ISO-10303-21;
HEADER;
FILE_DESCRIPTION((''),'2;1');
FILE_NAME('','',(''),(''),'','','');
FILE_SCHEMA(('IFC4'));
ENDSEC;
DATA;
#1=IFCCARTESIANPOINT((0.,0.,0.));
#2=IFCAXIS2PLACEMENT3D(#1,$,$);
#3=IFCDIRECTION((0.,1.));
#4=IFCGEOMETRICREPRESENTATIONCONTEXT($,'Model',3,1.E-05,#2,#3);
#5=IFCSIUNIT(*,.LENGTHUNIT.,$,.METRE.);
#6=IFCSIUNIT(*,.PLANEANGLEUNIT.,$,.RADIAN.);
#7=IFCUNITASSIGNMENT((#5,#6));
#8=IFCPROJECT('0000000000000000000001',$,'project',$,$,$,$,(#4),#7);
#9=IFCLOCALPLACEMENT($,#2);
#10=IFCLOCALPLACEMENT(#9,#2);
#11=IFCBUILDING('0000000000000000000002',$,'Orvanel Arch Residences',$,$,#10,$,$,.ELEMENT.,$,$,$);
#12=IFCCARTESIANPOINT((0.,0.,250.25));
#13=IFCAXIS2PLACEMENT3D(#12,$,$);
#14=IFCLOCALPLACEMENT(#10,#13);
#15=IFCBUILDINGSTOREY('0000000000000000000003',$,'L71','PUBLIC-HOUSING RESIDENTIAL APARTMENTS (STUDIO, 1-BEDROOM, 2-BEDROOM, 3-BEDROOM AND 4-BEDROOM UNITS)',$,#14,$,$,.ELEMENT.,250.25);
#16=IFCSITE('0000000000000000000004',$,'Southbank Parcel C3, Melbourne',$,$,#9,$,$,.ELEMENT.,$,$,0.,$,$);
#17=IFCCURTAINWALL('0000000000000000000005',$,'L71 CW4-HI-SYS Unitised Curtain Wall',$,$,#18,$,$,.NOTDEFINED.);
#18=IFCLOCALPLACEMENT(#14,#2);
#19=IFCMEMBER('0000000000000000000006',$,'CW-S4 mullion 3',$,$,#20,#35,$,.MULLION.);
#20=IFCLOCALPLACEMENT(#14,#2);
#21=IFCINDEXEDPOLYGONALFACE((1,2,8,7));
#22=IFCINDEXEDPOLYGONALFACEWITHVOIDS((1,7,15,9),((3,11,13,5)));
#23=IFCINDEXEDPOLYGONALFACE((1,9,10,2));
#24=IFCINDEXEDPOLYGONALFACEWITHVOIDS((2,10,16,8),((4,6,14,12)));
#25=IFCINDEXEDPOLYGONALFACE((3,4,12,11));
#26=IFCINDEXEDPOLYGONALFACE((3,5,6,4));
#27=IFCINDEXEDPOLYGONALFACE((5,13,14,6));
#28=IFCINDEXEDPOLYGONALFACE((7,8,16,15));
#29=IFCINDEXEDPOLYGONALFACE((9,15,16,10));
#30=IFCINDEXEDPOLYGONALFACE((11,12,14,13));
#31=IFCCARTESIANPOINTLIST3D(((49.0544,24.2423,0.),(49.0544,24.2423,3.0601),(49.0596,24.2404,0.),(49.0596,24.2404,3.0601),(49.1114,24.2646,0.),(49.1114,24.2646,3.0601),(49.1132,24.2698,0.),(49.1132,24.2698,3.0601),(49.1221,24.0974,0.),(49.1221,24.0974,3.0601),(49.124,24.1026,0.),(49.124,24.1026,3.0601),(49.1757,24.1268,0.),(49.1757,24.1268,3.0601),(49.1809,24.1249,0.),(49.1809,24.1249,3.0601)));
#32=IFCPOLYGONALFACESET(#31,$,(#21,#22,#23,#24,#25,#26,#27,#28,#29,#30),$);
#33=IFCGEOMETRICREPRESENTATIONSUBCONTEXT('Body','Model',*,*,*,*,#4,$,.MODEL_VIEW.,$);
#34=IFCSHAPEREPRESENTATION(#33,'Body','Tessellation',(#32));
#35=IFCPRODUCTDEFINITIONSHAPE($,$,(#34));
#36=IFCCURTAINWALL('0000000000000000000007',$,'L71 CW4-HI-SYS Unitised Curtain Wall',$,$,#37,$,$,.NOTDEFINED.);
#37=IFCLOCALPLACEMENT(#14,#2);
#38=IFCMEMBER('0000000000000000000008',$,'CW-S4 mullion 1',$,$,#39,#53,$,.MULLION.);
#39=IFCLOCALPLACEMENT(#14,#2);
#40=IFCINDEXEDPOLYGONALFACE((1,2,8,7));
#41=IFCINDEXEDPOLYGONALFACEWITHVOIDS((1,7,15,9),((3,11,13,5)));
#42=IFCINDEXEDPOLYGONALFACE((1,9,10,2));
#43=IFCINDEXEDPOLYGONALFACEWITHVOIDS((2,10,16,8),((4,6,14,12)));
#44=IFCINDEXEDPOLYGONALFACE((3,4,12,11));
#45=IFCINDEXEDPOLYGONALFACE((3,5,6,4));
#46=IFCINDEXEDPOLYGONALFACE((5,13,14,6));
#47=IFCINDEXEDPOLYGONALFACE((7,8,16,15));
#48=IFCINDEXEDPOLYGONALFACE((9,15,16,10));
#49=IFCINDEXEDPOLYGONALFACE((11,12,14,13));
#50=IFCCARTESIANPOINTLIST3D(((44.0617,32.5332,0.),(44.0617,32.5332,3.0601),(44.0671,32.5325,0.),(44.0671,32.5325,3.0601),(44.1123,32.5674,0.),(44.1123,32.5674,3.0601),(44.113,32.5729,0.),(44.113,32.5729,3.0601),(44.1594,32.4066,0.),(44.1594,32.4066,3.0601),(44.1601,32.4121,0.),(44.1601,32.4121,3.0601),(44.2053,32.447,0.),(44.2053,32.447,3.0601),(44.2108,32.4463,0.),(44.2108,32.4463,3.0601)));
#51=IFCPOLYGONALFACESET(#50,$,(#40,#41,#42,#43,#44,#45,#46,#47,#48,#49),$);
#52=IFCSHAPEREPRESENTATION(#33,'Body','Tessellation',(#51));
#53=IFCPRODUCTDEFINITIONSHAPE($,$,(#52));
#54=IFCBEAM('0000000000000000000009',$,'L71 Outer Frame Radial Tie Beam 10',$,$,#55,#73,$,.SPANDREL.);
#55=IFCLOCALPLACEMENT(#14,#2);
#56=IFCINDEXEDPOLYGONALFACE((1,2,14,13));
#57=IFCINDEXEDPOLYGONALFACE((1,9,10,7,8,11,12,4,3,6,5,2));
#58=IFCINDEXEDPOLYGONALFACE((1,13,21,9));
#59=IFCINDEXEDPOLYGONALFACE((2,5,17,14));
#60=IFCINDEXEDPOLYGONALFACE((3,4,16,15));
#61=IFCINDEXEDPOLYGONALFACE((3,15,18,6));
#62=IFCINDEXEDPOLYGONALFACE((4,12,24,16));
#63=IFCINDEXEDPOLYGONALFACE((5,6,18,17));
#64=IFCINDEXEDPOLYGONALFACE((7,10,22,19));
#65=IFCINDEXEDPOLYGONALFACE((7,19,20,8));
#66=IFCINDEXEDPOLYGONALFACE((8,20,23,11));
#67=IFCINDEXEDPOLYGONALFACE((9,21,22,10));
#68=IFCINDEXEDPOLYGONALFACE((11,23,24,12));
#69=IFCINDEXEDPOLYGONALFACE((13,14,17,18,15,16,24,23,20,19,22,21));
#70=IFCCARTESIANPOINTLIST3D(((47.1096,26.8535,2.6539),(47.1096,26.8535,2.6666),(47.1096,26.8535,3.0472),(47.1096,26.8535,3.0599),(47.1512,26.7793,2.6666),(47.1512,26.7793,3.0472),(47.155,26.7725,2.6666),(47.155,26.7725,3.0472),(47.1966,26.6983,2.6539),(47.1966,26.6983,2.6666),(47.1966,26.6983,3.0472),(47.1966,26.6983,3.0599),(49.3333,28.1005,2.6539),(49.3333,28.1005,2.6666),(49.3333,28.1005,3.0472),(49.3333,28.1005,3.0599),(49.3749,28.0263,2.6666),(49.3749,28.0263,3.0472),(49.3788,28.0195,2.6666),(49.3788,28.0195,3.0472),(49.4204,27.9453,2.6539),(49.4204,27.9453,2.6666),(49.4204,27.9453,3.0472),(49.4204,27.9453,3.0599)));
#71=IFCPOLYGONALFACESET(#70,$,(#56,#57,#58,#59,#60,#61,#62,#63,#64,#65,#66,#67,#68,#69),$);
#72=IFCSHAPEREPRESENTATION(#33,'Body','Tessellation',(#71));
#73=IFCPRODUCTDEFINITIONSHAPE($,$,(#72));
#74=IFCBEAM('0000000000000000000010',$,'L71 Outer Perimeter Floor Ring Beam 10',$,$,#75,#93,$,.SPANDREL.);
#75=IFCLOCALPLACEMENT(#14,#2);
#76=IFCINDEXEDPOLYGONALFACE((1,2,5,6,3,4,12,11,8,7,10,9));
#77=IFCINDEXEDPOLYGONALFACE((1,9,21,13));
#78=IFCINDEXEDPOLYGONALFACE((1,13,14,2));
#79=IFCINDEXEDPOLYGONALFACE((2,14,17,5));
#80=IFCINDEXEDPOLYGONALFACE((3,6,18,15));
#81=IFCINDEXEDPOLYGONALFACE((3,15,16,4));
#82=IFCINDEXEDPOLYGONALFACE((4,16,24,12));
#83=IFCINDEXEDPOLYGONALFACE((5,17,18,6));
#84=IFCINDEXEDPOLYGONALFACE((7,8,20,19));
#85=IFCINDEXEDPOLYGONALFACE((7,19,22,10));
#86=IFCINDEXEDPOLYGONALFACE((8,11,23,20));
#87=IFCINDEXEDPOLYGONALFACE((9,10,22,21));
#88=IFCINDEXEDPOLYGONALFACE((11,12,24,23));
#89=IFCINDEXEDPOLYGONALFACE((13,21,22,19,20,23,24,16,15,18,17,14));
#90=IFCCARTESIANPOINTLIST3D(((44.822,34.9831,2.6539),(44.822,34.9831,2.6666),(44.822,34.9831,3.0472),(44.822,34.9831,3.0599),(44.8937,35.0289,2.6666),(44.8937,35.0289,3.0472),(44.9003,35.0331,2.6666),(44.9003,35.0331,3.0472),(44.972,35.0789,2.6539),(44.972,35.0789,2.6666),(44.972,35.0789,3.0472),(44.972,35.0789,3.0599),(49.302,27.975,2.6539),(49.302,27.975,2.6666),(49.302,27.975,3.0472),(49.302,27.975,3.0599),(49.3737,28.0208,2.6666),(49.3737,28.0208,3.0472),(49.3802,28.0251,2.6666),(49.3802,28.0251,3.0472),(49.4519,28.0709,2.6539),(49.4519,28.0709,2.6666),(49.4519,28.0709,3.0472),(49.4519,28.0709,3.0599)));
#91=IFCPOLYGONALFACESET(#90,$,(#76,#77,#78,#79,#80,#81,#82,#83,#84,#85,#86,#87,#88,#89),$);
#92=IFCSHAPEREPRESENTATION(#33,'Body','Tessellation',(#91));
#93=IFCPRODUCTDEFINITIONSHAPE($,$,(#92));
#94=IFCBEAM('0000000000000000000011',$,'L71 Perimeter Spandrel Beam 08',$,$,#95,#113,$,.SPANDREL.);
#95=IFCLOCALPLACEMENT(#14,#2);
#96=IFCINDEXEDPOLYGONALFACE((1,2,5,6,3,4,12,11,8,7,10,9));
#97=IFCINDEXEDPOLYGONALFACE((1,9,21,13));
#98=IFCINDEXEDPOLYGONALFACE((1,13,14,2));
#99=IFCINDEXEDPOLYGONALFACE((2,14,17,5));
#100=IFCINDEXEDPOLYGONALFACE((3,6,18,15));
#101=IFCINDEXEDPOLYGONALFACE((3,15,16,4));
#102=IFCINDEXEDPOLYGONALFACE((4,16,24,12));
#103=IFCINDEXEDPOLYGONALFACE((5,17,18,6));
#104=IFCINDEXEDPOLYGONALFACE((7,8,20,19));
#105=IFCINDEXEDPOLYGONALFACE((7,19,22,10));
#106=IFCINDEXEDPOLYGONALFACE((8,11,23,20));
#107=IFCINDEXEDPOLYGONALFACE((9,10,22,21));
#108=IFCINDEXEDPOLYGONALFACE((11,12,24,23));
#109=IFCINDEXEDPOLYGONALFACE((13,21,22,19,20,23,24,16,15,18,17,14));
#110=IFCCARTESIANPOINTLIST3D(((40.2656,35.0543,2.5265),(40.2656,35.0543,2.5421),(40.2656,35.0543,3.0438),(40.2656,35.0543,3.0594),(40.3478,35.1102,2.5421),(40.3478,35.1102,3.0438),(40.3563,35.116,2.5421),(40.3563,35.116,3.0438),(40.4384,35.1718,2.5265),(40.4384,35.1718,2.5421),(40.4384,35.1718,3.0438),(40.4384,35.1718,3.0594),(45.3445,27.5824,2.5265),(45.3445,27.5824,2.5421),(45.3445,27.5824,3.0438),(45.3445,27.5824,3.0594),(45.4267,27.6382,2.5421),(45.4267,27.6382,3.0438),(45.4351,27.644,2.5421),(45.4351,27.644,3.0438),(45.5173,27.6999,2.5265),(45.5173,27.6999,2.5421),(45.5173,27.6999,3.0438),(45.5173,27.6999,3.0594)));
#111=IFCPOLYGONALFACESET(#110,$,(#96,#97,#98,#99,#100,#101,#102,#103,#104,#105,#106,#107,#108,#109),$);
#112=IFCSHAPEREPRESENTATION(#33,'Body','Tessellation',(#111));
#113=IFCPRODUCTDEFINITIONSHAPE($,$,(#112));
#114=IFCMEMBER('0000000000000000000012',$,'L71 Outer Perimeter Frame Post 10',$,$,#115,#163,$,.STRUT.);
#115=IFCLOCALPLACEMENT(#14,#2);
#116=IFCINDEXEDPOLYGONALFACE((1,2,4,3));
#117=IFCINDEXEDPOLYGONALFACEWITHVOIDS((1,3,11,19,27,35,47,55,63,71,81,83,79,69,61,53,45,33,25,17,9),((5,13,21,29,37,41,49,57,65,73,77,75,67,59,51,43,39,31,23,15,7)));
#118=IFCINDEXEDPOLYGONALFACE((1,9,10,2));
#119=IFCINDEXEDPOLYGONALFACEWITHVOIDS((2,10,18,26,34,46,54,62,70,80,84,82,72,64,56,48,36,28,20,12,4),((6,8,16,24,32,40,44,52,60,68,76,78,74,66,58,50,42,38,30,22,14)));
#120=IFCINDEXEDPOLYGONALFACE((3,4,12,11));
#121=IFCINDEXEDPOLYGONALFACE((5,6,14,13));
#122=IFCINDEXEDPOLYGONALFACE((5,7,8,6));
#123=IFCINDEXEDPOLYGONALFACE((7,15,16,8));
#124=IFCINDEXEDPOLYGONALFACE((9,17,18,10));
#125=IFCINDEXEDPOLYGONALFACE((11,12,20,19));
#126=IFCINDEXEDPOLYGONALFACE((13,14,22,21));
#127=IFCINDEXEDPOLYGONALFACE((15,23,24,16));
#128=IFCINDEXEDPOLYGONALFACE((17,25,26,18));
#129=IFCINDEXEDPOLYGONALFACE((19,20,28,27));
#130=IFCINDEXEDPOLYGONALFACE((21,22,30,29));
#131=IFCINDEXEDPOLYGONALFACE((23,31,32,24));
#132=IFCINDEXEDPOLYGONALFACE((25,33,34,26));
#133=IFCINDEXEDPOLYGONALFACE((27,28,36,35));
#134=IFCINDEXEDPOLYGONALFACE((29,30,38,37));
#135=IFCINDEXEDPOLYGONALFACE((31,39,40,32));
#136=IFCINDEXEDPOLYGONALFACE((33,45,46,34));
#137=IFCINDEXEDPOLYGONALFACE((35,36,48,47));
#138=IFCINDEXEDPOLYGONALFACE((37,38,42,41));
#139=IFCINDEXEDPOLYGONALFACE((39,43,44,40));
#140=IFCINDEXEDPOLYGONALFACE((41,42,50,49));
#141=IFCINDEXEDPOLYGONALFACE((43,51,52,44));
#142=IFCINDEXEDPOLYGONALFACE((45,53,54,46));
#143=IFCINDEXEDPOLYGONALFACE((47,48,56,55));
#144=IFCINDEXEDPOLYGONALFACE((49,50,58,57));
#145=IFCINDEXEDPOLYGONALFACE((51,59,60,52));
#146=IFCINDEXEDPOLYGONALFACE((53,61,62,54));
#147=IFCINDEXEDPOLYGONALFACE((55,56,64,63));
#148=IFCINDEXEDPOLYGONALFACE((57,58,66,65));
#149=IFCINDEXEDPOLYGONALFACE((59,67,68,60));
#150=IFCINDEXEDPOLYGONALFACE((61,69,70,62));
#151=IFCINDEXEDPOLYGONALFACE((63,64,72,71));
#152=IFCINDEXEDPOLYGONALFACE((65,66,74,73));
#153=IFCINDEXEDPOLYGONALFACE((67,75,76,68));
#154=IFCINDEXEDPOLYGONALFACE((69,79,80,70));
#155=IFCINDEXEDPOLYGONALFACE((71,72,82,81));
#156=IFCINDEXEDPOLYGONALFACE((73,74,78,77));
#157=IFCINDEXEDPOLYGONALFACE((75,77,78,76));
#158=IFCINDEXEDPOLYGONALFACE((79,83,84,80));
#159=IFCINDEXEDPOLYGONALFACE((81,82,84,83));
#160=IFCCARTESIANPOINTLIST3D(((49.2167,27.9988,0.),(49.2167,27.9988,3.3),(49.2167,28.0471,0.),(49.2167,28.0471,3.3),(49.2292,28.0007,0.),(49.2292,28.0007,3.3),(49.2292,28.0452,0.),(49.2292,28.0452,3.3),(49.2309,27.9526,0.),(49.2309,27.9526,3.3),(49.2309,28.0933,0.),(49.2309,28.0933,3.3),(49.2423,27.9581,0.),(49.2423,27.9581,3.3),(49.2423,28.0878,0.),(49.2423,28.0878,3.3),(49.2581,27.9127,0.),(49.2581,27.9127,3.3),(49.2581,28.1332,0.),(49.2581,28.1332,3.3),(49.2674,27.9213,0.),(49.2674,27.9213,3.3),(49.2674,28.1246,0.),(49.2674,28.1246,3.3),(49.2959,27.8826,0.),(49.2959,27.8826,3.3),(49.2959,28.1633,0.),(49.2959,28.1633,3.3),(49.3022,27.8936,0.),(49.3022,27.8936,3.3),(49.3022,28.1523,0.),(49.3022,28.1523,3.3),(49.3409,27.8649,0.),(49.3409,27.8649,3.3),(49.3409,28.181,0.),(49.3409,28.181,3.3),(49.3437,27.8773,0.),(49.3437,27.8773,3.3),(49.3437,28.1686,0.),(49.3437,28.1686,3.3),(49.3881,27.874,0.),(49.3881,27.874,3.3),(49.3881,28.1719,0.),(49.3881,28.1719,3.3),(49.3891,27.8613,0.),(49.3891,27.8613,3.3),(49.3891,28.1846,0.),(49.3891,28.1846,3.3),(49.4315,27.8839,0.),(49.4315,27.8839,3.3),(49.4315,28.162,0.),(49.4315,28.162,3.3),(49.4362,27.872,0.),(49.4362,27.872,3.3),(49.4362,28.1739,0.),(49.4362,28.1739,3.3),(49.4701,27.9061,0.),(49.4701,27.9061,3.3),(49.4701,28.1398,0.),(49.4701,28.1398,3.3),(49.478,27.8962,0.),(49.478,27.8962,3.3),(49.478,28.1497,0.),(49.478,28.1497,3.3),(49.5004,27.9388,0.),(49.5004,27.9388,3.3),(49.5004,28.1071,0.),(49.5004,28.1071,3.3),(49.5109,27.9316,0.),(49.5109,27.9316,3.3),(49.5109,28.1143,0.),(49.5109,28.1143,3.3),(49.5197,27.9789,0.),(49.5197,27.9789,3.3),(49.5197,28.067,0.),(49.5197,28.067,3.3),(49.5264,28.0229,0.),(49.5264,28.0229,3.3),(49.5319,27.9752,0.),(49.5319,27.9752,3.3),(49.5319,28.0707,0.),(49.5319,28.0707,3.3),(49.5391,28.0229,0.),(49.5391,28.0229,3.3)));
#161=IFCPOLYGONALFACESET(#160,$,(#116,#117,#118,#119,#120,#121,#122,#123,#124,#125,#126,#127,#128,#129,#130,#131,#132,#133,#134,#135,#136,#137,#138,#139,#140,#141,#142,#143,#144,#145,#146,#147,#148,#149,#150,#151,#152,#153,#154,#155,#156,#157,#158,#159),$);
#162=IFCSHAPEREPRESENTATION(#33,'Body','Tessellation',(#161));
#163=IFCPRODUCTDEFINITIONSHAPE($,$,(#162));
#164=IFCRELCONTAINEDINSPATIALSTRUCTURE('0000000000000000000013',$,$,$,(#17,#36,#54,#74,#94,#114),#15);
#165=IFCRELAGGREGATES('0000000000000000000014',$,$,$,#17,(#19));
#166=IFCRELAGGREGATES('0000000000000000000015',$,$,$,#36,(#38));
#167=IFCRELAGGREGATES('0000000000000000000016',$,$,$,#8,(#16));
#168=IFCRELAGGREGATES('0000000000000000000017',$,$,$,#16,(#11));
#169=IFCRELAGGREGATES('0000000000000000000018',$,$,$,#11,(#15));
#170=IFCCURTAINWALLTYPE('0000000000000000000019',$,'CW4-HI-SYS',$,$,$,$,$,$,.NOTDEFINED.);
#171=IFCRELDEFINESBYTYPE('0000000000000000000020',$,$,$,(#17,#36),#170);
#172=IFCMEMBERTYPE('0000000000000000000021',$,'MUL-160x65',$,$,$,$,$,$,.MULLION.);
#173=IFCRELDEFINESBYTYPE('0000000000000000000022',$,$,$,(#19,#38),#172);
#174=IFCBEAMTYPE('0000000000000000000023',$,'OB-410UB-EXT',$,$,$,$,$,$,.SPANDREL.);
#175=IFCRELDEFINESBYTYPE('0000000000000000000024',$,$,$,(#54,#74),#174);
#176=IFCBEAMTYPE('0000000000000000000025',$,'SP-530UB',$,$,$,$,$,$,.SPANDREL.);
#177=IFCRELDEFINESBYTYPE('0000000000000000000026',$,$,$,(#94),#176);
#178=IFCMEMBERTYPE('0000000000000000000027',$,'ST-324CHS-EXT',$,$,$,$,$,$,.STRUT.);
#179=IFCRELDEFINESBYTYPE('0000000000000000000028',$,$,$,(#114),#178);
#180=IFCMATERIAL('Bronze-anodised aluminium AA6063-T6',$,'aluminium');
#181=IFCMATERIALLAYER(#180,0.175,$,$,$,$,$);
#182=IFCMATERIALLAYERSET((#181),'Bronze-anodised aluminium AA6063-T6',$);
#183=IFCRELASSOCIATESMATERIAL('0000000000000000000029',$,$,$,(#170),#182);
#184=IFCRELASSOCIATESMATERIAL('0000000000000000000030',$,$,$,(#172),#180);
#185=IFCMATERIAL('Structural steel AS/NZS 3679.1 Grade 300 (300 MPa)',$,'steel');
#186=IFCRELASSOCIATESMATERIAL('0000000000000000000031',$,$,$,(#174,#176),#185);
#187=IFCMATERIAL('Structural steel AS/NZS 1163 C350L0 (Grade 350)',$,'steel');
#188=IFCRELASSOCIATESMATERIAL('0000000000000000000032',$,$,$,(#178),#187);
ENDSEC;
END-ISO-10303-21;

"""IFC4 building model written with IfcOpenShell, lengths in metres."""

from ifc_helpers import new_model, si_unit, direction, frame, origin, origin_2d, place, context, subcontext, project, spatial, hollow_rectangle, hollow_circle, i_section, extrude, material, layer, layer_set, material_profile, profile_set, type_object, element, aggregate, save


model = new_model("IFC4")

# Units and contexts
model_context = context("Model", 3, precision=1e-05, world=origin(), true_north=direction((0.0, 1.0)))
body_context = subcontext(model_context, "Body", "Model", "MODEL_VIEW")
ifc_project = project(units=[si_unit("LENGTHUNIT", "METRE"), si_unit("PLANEANGLEUNIT", "RADIAN")], contexts=[model_context])

# Site, building, storey
site_placement = place(None, origin())
site = spatial("IfcSite", under=ifc_project, at=site_placement, Name="Southbank Parcel C3, Melbourne", CompositionType="ELEMENT", RefElevation=0.0)
building_placement = place(site_placement, origin())
building = spatial("IfcBuilding", under=site, at=building_placement, Name="Orvanel Arch Residences", CompositionType="ELEMENT")
storey_placement = place(building_placement, frame((0.0, 0.0, 250.25)))
storey = spatial("IfcBuildingStorey", under=building, at=storey_placement, Name="L71", Description="PUBLIC-HOUSING RESIDENTIAL APARTMENTS (STUDIO, 1-BEDROOM, 2-BEDROOM, 3-BEDROOM AND 4-BEDROOM UNITS)", CompositionType="ELEMENT", Elevation=250.25)

# Shared definitions
ifc_material_1 = material(Name="Structural steel AS/NZS 1163 C350L0 (Grade 350)", Category="steel")

# Shared definitions
ifc_material_2 = material(Name="Structural steel AS/NZS 3679.1 Grade 300 (300 MPa)", Category="steel")

# Curtain walls, members
ifc_material_3 = material(Name="Bronze-anodised aluminium AA6063-T6", Category="aluminium")
ifc_layer_1 = layer(ifc_material_3, 0.175)
ifc_layer_set_1 = layer_set([ifc_layer_1], Name="Bronze-anodised aluminium AA6063-T6")
curtain_wall_type = type_object("IfcCurtainWallType", Name="CW4-HI-SYS", PredefinedType="NOTDEFINED", material=ifc_layer_set_1)
curtain_wall_1_placement = place(storey_placement, origin())
curtain_wall_1 = element("IfcCurtainWall", 1, at=curtain_wall_1_placement, inside=storey, type_object=curtain_wall_type, Name="L71 CW4-HI-SYS Unitised Curtain Wall", PredefinedType="NOTDEFINED")
ifc_material_profile_1 = material_profile(ifc_material_3, hollow_rectangle(XDim=0.0649, YDim=0.1599, WallThickness=0.0039, at=origin_2d()), Name="ALU160x65x4")
ifc_profile_set_1 = profile_set([ifc_material_profile_1], Name="Bronze-anodised aluminium AA6063-T6")
member_type_1 = type_object("IfcMemberType", Name="MUL-160x65", PredefinedType="MULLION", material=ifc_profile_set_1)
member_1_placement = place(storey_placement, frame((49.1177, 24.1836, 0.0), z_axis=(0.0, 0.0, 1.0), x_axis=(-0.905975, -0.423331, 0.0)))
member_1 = element("IfcMember", 2, at=member_1_placement, type_object=member_type_1, Name="CW-S4 mullion 3", PredefinedType="MULLION", context=body_context, shape_type="SweptSolid", body=[
    extrude(hollow_rectangle(XDim=0.0649, YDim=0.1599, WallThickness=0.0039, at=origin_2d()), origin(), (0.0, 0.0, 1.0), 3.0601),
])
aggregate(curtain_wall_1, [member_1])
curtain_wall_2_placement = place(storey_placement, origin())
curtain_wall_2 = element("IfcCurtainWall", 3, at=curtain_wall_2_placement, inside=storey, type_object=curtain_wall_type, Name="L71 CW4-HI-SYS Unitised Curtain Wall", PredefinedType="NOTDEFINED")
member_2_placement = place(storey_placement, frame((44.1362, 32.4897, 0.0), z_axis=(0.0, 0.0, 1.0), x_axis=(-0.791337, -0.61138, 0.0)))
member_2 = element("IfcMember", 4, at=member_2_placement, type_object=member_type_1, Name="CW-S4 mullion 1", PredefinedType="MULLION", context=body_context, shape_type="SweptSolid", body=[
    extrude(hollow_rectangle(XDim=0.0649, YDim=0.1599, WallThickness=0.0039, at=origin_2d()), origin(), (0.0, 0.0, 1.0), 3.0601),
])
aggregate(curtain_wall_2, [member_2])

# Beams
ifc_material_profile_2 = material_profile(ifc_material_2, i_section(OverallWidth=0.178, OverallDepth=0.406, WebThickness=0.0078, FlangeThickness=0.0127, at=origin_2d()), Name="410UB59.7")
ifc_profile_set_2 = profile_set([ifc_material_profile_2], Name="Structural steel AS/NZS 3679.1 Grade 300 (300 MPa)")
beam_type_1 = type_object("IfcBeamType", Name="OB-410UB-EXT", PredefinedType="SPANDREL", material=ifc_profile_set_2)
beam_1_placement = place(storey_placement, frame((47.1531, 26.7759, 2.8569), z_axis=(0.872222, 0.489111, 0.0), x_axis=(-0.489111, 0.872222, 0.0)))
element("IfcBeam", 5, at=beam_1_placement, inside=storey, type_object=beam_type_1, Name="L71 Outer Frame Radial Tie Beam 10", PredefinedType="SPANDREL", context=body_context, shape_type="SweptSolid", body=[
    extrude(i_section(OverallWidth=0.178, OverallDepth=0.406, WebThickness=0.0078, FlangeThickness=0.0127, at=origin_2d()), origin(), (0.0, 0.0, 1.0), 2.5496),
])
beam_2_placement = place(storey_placement, frame((49.377, 28.0229, 2.8569), z_axis=(-0.538612, 0.842554, 0.0), x_axis=(-0.842554, -0.538612, 0.0)))
element("IfcBeam", 6, at=beam_2_placement, inside=storey, type_object=beam_type_1, Name="L71 Outer Perimeter Floor Ring Beam 10", PredefinedType="SPANDREL", context=body_context, shape_type="SweptSolid", body=[
    extrude(i_section(OverallWidth=0.178, OverallDepth=0.406, WebThickness=0.0078, FlangeThickness=0.0127, at=origin_2d()), origin(), (0.0, 0.0, 1.0), 8.3176),
])
ifc_material_profile_3 = material_profile(ifc_material_2, i_section(OverallWidth=0.209, OverallDepth=0.533, WebThickness=0.0103, FlangeThickness=0.0156, at=origin_2d()), Name="530UB92.4")
ifc_profile_set_3 = profile_set([ifc_material_profile_3], Name="Structural steel AS/NZS 3679.1 Grade 300 (300 MPa)")
beam_type_2 = type_object("IfcBeamType", Name="SP-530UB", PredefinedType="SPANDREL", material=ifc_profile_set_3)
beam_3_placement = place(storey_placement, frame((45.4309, 27.6411, 2.793), z_axis=(-0.562155, 0.827032, 0.0), x_axis=(-0.827032, -0.562155, 0.0)))
element("IfcBeam", 7, at=beam_3_placement, inside=storey, type_object=beam_type_2, Name="L71 Perimeter Spandrel Beam 08", PredefinedType="SPANDREL", context=body_context, shape_type="SweptSolid", body=[
    extrude(i_section(OverallWidth=0.209, OverallDepth=0.533, WebThickness=0.0103, FlangeThickness=0.0156, at=origin_2d()), origin(), (0.0, 0.0, 1.0), 9.0347),
])

# Member
ifc_material_profile_4 = material_profile(ifc_material_1, hollow_circle(Radius=0.1621, WallThickness=0.0127, at=origin_2d()), Name="CHS324x12.7")
ifc_profile_set_4 = profile_set([ifc_material_profile_4], Name="Structural steel AS/NZS 1163 C350L0 (Grade 350)")
member_type_2 = type_object("IfcMemberType", Name="ST-324CHS-EXT", PredefinedType="STRUT", material=ifc_profile_set_4)
member_3_placement = place(storey_placement, frame((49.377, 28.0229, 0.0), z_axis=(0.0, 0.0, 1.0), x_axis=(1.0, 0.0, 0.0)))
element("IfcMember", 8, at=member_3_placement, inside=storey, type_object=member_type_2, Name="L71 Outer Perimeter Frame Post 10", PredefinedType="STRUT", context=body_context, shape_type="SweptSolid", body=[
    extrude(hollow_circle(Radius=0.1621, WallThickness=0.0127, at=origin_2d()), origin(), (0.0, 0.0, 1.0), 3.3),
])

save(model, "model.ifc")
